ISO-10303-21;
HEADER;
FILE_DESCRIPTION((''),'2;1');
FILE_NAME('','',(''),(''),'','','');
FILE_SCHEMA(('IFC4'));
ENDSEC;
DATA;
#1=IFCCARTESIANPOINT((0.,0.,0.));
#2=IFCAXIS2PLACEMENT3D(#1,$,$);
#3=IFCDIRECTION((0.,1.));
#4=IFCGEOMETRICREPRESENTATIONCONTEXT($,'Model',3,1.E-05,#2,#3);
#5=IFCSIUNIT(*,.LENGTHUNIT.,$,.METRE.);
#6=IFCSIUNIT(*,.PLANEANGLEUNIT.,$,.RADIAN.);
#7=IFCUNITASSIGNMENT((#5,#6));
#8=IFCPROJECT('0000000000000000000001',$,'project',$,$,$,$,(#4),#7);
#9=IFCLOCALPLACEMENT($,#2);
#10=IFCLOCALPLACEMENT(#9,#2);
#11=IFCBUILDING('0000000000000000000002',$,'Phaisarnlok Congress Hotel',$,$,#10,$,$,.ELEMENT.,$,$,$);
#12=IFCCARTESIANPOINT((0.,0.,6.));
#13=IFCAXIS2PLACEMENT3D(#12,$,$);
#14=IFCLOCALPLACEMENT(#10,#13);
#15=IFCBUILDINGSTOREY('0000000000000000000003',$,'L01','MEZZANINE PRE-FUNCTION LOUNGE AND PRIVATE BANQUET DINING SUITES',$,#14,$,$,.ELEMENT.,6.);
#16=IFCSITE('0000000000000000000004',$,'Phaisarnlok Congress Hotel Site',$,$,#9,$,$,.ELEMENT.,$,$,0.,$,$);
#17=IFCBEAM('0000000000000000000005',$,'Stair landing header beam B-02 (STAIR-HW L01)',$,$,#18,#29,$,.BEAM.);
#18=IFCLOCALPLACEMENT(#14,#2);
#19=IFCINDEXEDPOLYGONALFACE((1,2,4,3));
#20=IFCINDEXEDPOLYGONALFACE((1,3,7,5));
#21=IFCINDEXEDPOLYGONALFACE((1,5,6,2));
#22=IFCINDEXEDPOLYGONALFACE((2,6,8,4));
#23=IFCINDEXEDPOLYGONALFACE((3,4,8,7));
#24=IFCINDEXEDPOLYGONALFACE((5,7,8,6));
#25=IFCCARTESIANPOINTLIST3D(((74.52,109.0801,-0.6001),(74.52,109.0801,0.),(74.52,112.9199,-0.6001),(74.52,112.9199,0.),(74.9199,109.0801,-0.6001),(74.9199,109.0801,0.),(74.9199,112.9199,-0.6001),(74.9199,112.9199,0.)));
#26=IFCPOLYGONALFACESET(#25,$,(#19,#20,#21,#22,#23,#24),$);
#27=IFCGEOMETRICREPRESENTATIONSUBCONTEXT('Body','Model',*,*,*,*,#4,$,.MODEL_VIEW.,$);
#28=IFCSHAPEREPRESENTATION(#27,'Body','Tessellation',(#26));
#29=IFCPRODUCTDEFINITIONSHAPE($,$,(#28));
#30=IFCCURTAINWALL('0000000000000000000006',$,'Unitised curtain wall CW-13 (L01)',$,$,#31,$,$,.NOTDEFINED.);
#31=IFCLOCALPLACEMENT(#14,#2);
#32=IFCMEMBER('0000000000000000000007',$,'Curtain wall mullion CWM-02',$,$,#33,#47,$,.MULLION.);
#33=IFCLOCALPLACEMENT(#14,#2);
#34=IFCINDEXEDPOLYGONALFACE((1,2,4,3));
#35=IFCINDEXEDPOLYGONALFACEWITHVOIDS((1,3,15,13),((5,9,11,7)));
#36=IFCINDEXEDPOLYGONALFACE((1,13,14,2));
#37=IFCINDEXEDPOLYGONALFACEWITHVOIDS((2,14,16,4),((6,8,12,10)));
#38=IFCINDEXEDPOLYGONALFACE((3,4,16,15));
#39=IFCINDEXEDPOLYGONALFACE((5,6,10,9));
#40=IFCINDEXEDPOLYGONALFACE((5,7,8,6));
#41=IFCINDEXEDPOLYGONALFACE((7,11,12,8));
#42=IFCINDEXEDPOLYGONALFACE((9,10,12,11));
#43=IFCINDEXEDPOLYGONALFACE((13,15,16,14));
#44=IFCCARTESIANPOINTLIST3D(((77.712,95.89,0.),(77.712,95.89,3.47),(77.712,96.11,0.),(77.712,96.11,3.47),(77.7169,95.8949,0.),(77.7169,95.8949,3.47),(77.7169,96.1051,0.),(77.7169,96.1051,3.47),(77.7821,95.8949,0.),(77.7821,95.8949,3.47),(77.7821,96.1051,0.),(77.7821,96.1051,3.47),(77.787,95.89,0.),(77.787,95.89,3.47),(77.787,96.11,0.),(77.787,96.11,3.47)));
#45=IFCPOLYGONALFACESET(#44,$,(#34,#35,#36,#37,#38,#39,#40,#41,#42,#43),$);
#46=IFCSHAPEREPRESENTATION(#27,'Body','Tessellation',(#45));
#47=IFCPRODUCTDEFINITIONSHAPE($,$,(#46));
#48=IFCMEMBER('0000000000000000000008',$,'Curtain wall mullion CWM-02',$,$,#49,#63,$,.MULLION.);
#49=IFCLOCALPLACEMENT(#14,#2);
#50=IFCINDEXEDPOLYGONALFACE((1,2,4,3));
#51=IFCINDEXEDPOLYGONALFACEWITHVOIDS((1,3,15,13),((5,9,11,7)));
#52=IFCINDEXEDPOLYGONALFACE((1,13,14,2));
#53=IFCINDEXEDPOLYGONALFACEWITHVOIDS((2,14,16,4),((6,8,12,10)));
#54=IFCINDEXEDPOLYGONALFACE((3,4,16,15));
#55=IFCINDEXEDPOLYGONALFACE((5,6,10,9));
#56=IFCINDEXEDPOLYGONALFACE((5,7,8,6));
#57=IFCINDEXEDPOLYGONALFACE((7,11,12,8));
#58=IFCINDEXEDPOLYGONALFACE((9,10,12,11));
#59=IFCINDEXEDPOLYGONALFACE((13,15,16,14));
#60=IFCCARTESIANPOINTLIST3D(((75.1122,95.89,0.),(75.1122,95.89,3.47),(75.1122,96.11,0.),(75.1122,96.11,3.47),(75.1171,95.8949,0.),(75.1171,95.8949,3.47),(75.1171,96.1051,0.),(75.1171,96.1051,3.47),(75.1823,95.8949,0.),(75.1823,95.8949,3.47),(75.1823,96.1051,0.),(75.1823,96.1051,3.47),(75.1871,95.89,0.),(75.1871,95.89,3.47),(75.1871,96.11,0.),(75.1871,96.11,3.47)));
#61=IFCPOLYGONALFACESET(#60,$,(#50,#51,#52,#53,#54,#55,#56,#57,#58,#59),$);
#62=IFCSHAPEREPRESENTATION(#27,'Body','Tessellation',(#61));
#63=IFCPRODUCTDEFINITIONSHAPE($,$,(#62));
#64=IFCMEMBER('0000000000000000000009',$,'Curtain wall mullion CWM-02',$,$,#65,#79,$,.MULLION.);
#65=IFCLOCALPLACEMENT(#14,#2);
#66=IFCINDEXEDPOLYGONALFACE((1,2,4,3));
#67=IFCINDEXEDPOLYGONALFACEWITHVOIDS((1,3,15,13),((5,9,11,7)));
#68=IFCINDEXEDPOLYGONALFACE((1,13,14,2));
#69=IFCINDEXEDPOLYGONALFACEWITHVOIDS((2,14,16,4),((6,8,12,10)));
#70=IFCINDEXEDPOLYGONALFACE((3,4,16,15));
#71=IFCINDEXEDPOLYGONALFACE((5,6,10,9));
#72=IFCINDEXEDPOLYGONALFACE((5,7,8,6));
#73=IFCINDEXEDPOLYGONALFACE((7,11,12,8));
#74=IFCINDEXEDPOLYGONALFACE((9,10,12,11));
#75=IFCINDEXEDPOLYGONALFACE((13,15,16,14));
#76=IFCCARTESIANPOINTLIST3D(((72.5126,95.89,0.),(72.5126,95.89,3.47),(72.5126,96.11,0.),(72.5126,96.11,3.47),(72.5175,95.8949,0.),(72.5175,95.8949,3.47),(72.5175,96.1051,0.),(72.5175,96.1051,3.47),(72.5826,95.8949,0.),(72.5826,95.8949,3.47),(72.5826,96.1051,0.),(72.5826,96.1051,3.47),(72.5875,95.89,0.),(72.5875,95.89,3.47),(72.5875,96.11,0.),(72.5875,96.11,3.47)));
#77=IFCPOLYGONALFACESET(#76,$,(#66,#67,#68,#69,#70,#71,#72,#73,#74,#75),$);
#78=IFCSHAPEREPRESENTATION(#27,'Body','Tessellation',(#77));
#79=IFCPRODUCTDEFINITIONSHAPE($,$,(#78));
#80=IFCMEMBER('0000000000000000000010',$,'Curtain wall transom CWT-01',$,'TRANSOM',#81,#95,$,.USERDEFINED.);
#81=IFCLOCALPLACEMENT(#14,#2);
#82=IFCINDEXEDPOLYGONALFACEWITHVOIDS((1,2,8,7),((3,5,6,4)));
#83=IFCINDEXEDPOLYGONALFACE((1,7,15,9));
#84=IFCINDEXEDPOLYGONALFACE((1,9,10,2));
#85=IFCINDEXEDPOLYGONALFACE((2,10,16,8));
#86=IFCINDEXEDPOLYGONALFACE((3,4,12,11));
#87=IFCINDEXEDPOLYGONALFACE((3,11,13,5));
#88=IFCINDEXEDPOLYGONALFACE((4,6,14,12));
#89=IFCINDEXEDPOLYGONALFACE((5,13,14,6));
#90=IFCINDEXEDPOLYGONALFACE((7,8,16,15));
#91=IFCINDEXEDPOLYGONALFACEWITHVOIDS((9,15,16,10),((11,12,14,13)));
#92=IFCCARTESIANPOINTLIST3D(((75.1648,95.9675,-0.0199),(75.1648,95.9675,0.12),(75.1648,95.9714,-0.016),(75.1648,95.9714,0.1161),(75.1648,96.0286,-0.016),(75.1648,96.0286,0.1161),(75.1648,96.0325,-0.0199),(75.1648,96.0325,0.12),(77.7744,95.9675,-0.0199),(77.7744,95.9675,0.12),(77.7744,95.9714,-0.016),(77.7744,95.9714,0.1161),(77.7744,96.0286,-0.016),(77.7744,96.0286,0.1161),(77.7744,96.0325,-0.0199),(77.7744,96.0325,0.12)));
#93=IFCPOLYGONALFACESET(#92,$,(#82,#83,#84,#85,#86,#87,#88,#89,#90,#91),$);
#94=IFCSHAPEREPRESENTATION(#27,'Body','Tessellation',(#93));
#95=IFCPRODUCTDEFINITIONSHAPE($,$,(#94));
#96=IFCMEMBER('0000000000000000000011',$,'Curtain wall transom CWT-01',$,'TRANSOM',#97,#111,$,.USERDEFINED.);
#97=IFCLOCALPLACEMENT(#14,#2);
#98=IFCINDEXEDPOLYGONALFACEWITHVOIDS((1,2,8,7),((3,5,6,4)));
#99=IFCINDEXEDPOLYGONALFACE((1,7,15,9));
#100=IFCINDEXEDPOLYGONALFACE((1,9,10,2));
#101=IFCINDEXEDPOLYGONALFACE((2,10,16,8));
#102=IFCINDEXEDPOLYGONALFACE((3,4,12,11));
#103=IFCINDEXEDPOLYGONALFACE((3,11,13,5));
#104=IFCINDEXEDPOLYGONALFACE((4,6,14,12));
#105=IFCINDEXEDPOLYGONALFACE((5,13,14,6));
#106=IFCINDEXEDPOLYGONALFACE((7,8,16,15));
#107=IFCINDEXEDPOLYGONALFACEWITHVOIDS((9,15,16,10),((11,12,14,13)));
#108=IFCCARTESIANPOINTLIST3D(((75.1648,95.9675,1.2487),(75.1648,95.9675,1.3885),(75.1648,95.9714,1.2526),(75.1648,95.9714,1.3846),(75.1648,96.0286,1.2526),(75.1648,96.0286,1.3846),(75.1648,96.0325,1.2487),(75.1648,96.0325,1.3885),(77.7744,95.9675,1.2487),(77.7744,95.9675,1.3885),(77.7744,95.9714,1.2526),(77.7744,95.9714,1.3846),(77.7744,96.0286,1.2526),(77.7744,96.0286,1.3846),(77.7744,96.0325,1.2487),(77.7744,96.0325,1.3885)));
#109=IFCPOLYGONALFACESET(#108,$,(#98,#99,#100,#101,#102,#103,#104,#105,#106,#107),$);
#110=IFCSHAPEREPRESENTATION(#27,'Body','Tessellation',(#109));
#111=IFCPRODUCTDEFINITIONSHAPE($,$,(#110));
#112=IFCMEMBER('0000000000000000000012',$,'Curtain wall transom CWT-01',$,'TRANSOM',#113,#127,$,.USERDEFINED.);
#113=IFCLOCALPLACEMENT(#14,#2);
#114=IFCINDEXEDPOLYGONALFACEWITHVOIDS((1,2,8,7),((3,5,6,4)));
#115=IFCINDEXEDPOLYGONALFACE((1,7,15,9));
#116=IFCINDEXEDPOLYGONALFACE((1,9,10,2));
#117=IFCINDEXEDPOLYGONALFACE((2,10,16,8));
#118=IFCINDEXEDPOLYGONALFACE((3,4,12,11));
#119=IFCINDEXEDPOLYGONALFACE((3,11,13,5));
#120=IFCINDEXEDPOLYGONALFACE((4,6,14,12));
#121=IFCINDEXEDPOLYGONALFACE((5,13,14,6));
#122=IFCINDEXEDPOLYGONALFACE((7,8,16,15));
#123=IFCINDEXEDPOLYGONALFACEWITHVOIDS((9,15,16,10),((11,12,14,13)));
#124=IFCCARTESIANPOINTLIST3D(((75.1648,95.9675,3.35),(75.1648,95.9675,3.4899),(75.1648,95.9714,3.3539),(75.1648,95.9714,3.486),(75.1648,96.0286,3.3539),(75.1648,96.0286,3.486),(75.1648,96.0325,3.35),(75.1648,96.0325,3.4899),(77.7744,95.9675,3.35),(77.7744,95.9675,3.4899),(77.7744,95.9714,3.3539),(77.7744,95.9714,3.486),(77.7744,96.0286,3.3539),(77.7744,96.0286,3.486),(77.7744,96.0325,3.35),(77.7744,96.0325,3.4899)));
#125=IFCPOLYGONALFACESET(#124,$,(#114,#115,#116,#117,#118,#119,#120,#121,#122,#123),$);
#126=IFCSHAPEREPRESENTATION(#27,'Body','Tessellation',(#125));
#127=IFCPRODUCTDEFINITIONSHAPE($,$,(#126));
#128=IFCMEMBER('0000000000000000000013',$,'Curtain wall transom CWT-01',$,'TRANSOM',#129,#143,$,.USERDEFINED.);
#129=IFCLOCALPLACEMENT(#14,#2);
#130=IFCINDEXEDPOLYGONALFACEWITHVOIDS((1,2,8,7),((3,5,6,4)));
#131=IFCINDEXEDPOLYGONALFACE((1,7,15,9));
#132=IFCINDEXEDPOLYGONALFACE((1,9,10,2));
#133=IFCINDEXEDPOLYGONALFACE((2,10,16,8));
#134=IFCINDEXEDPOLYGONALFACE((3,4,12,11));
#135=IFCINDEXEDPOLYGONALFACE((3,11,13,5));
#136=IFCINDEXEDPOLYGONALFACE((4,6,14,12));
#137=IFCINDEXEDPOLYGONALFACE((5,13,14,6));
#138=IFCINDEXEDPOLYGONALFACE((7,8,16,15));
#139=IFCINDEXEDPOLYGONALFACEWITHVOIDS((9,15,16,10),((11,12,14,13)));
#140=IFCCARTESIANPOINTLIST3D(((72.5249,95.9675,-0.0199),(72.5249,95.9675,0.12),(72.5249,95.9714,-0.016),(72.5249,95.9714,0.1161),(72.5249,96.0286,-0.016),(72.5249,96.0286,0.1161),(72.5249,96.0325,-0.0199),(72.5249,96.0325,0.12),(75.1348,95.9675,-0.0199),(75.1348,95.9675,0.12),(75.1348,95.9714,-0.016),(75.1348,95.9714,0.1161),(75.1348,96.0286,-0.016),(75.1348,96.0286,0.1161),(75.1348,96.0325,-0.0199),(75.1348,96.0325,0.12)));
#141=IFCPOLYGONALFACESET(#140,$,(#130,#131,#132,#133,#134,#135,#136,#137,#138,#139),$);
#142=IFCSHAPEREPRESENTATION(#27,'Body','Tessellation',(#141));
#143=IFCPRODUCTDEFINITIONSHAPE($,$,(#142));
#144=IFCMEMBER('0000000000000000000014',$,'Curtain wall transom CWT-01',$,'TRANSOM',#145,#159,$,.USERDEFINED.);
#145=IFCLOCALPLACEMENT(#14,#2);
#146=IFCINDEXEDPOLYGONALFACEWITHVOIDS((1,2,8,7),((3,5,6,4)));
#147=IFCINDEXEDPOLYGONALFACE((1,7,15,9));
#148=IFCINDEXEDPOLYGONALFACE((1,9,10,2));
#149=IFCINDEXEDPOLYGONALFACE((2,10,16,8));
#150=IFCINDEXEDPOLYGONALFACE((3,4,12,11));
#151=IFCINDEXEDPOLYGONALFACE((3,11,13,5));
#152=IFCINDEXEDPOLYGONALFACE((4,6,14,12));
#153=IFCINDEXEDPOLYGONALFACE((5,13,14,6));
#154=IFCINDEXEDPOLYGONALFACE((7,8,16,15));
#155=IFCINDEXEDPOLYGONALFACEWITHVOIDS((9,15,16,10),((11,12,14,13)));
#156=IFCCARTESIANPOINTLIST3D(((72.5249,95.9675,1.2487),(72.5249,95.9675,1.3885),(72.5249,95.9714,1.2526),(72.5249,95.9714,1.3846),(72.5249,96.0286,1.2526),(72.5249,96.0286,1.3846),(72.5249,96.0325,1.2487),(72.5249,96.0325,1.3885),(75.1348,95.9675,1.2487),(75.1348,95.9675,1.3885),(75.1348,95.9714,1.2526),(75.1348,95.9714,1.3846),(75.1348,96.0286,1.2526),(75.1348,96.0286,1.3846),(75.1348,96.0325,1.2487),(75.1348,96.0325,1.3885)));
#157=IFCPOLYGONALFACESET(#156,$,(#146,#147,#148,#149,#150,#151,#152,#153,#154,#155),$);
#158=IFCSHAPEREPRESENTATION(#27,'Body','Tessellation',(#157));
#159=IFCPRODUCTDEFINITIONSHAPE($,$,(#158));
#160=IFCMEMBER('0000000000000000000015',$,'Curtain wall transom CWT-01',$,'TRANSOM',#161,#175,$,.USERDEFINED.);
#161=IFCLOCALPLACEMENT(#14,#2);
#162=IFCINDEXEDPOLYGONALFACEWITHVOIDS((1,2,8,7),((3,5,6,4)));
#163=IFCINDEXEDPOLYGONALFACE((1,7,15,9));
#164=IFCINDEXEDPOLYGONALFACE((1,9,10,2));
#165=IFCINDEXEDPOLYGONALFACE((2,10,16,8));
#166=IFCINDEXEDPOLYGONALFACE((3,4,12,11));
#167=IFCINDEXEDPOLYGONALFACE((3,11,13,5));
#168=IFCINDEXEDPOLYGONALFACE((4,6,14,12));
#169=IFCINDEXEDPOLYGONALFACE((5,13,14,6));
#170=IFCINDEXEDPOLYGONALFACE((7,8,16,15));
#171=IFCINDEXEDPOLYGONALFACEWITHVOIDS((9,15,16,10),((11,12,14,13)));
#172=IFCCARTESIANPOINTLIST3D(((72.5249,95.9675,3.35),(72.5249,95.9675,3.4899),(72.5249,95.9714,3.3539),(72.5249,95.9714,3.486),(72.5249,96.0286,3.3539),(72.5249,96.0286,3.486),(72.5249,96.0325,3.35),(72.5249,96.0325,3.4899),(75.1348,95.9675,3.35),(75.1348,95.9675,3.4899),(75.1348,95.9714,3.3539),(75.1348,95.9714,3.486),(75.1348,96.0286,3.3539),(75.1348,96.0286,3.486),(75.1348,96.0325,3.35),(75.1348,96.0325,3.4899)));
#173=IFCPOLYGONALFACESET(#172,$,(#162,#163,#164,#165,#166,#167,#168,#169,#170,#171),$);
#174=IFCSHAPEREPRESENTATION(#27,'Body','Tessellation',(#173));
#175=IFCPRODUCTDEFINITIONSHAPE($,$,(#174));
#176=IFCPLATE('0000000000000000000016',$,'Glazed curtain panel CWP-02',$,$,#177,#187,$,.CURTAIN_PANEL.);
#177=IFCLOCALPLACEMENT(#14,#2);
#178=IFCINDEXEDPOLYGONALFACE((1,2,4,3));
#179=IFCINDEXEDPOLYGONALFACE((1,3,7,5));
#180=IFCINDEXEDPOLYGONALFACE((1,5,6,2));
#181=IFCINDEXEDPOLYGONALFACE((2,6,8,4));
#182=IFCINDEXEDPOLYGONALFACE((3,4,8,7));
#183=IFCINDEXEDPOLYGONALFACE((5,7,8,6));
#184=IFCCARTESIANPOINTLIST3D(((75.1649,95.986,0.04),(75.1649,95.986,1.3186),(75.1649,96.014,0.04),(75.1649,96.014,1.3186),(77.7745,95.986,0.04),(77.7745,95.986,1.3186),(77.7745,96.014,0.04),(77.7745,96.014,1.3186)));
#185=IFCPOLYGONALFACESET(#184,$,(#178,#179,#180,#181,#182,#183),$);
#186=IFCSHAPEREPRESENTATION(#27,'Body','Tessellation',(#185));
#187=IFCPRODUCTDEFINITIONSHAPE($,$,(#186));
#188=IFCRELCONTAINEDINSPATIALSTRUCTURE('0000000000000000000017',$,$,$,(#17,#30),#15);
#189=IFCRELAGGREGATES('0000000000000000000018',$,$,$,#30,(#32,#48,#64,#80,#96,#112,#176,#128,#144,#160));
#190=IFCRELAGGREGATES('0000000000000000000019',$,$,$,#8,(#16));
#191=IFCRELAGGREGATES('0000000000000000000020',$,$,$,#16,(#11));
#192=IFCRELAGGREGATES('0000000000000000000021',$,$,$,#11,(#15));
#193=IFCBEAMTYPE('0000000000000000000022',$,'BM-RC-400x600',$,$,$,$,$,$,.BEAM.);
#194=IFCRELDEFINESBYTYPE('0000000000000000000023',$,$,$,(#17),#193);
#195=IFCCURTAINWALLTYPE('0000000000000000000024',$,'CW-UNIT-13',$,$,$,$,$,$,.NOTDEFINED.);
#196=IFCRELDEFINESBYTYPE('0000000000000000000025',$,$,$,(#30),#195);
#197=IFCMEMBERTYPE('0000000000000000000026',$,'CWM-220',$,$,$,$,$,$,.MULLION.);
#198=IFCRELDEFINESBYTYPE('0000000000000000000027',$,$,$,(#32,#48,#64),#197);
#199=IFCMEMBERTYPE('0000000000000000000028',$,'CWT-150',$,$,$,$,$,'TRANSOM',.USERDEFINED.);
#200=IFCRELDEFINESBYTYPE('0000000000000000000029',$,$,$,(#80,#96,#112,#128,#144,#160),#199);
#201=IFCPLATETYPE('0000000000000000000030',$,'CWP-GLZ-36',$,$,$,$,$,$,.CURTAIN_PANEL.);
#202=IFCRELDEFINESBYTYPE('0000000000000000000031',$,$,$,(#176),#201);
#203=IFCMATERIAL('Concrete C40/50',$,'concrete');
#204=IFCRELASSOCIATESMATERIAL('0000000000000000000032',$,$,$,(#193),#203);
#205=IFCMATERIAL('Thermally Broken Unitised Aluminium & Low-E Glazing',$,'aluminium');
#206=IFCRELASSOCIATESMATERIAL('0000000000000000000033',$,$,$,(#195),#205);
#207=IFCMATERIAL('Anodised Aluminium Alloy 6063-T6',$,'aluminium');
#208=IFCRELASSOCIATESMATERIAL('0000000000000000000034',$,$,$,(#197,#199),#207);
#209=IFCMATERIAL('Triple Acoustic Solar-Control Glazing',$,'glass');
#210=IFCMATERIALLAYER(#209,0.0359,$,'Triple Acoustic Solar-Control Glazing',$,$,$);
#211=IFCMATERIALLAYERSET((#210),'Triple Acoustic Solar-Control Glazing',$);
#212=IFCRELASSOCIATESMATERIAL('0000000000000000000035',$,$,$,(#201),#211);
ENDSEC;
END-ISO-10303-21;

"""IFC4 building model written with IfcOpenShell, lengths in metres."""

from ifc_helpers import new_model, si_unit, direction, frame, frame_2d, origin, origin_2d, place, context, subcontext, project, spatial, rectangle, hollow_rectangle, extrude, material, layer, layer_set, material_profile, profile_set, type_object, element, aggregate, save


model = new_model("IFC4")

# Units and contexts
model_context = context("Model", 3, precision=1e-05, world=origin(), true_north=direction((0.0, 1.0)))
body_context = subcontext(model_context, "Body", "Model", "MODEL_VIEW")
ifc_project = project(units=[si_unit("LENGTHUNIT", "METRE"), si_unit("PLANEANGLEUNIT", "RADIAN")], contexts=[model_context])

# Site, building, storey
site_placement = place(None, origin())
site = spatial("IfcSite", under=ifc_project, at=site_placement, Name="Phaisarnlok Congress Hotel Site", CompositionType="ELEMENT", RefElevation=0.0)
building_placement = place(site_placement, origin())
building = spatial("IfcBuilding", under=site, at=building_placement, Name="Phaisarnlok Congress Hotel", CompositionType="ELEMENT")
storey_placement = place(building_placement, frame((0.0, 0.0, 6.0)))
storey = spatial("IfcBuildingStorey", under=building, at=storey_placement, Name="L01", Description="MEZZANINE PRE-FUNCTION LOUNGE AND PRIVATE BANQUET DINING SUITES", CompositionType="ELEMENT", Elevation=6.0)

# Beam
ifc_material_1 = material(Name="Concrete C40/50", Category="concrete")
ifc_material_profile_1 = material_profile(ifc_material_1, rectangle(XDim=0.3999, YDim=0.6001, at=origin_2d()), Name="RC 400x600")
ifc_profile_set_1 = profile_set([ifc_material_profile_1], Name="Concrete C40/50")
beam_type = type_object("IfcBeamType", Name="BM-RC-400x600", PredefinedType="BEAM", material=ifc_profile_set_1)
beam_placement = place(storey_placement, frame((74.72, 109.0801, -0.3), z_axis=(0.0, 1.0, 0.0), x_axis=(-1.0, 0.0, 0.0)))
element("IfcBeam", 1, at=beam_placement, inside=storey, type_object=beam_type, Name="Stair landing header beam B-02 (STAIR-HW L01)", PredefinedType="BEAM", context=body_context, shape_type="SweptSolid", body=[
    extrude(rectangle(XDim=0.3999, YDim=0.6001, at=origin_2d()), origin(), (0.0, 0.0, 1.0), 3.8398),
])

# Curtain wall, members, plate
ifc_material_2 = material(Name="Thermally Broken Unitised Aluminium & Low-E Glazing", Category="aluminium")
curtain_wall_type = type_object("IfcCurtainWallType", Name="CW-UNIT-13", PredefinedType="NOTDEFINED", material=ifc_material_2)
curtain_wall_placement = place(storey_placement, origin())
curtain_wall = element("IfcCurtainWall", 2, at=curtain_wall_placement, inside=storey, type_object=curtain_wall_type, Name="Unitised curtain wall CW-13 (L01)", PredefinedType="NOTDEFINED")
ifc_material_3 = material(Name="Anodised Aluminium Alloy 6063-T6", Category="aluminium")
ifc_material_profile_2 = material_profile(ifc_material_3, hollow_rectangle(XDim=0.075, YDim=0.22, WallThickness=0.0049, at=origin_2d()), Name="ALU-M 75x220x5")
ifc_profile_set_2 = profile_set([ifc_material_profile_2], Name="Anodised Aluminium Alloy 6063-T6")
member_type_1 = type_object("IfcMemberType", Name="CWM-220", PredefinedType="MULLION", material=ifc_profile_set_2)
member_1_placement = place(storey_placement, frame((77.7495, 96.0, 0.0), z_axis=(0.0, 0.0, 1.0), x_axis=(-1.0, 0.0, 0.0)))
member_1 = element("IfcMember", 3, at=member_1_placement, type_object=member_type_1, Name="Curtain wall mullion CWM-02", PredefinedType="MULLION", context=body_context, shape_type="SweptSolid", body=[
    extrude(hollow_rectangle(XDim=0.075, YDim=0.22, WallThickness=0.0049, at=origin_2d()), origin(), (0.0, 0.0, 1.0), 3.47),
])
member_2_placement = place(storey_placement, frame((75.1497, 96.0, 0.0), z_axis=(0.0, 0.0, 1.0), x_axis=(-1.0, 0.0, 0.0)))
member_2 = element("IfcMember", 4, at=member_2_placement, type_object=member_type_1, Name="Curtain wall mullion CWM-02", PredefinedType="MULLION", context=body_context, shape_type="SweptSolid", body=[
    extrude(hollow_rectangle(XDim=0.075, YDim=0.22, WallThickness=0.0049, at=origin_2d()), origin(), (0.0, 0.0, 1.0), 3.47),
])
member_3_placement = place(storey_placement, frame((72.55, 96.0, 0.0), z_axis=(0.0, 0.0, 1.0), x_axis=(-1.0, 0.0, 0.0)))
member_3 = element("IfcMember", 5, at=member_3_placement, type_object=member_type_1, Name="Curtain wall mullion CWM-02", PredefinedType="MULLION", context=body_context, shape_type="SweptSolid", body=[
    extrude(hollow_rectangle(XDim=0.075, YDim=0.22, WallThickness=0.0049, at=origin_2d()), origin(), (0.0, 0.0, 1.0), 3.47),
])
ifc_material_profile_3 = material_profile(ifc_material_3, hollow_rectangle(XDim=0.0649, YDim=0.1399, WallThickness=0.0039, at=origin_2d()), Name="ALU-T 65x140x4")
ifc_profile_set_3 = profile_set([ifc_material_profile_3], Name="Anodised Aluminium Alloy 6063-T6")
member_type_2 = type_object("IfcMemberType", Name="CWT-150", ElementType="TRANSOM", PredefinedType="USERDEFINED", material=ifc_profile_set_3)
member_4_placement = place(storey_placement, frame((77.7744, 96.0, 0.05), z_axis=(-1.0, 0.0, 0.0), x_axis=(0.0, -1.0, 0.0)))
member_4 = element("IfcMember", 6, at=member_4_placement, type_object=member_type_2, Name="Curtain wall transom CWT-01", ObjectType="TRANSOM", PredefinedType="USERDEFINED", context=body_context, shape_type="SweptSolid", body=[
    extrude(hollow_rectangle(XDim=0.0649, YDim=0.1399, WallThickness=0.0039, at=origin_2d()), origin(), (0.0, 0.0, 1.0), 2.6096),
])
member_5_placement = place(storey_placement, frame((77.7744, 96.0, 1.3186), z_axis=(-1.0, 0.0, 0.0), x_axis=(0.0, -1.0, 0.0)))
member_5 = element("IfcMember", 7, at=member_5_placement, type_object=member_type_2, Name="Curtain wall transom CWT-01", ObjectType="TRANSOM", PredefinedType="USERDEFINED", context=body_context, shape_type="SweptSolid", body=[
    extrude(hollow_rectangle(XDim=0.0649, YDim=0.1399, WallThickness=0.0039, at=origin_2d()), origin(), (0.0, 0.0, 1.0), 2.6096),
])
member_6_placement = place(storey_placement, frame((77.7744, 96.0, 3.4199), z_axis=(-1.0, 0.0, 0.0), x_axis=(0.0, -1.0, 0.0)))
member_6 = element("IfcMember", 8, at=member_6_placement, type_object=member_type_2, Name="Curtain wall transom CWT-01", ObjectType="TRANSOM", PredefinedType="USERDEFINED", context=body_context, shape_type="SweptSolid", body=[
    extrude(hollow_rectangle(XDim=0.0649, YDim=0.1399, WallThickness=0.0039, at=origin_2d()), origin(), (0.0, 0.0, 1.0), 2.6096),
])
member_7_placement = place(storey_placement, frame((75.1348, 96.0, 0.05), z_axis=(-1.0, 0.0, 0.0), x_axis=(0.0, -1.0, 0.0)))
member_7 = element("IfcMember", 9, at=member_7_placement, type_object=member_type_2, Name="Curtain wall transom CWT-01", ObjectType="TRANSOM", PredefinedType="USERDEFINED", context=body_context, shape_type="SweptSolid", body=[
    extrude(hollow_rectangle(XDim=0.0649, YDim=0.1399, WallThickness=0.0039, at=origin_2d()), origin(), (0.0, 0.0, 1.0), 2.6099),
])
member_8_placement = place(storey_placement, frame((75.1348, 96.0, 1.3186), z_axis=(-1.0, 0.0, 0.0), x_axis=(0.0, -1.0, 0.0)))
member_8 = element("IfcMember", 10, at=member_8_placement, type_object=member_type_2, Name="Curtain wall transom CWT-01", ObjectType="TRANSOM", PredefinedType="USERDEFINED", context=body_context, shape_type="SweptSolid", body=[
    extrude(hollow_rectangle(XDim=0.0649, YDim=0.1399, WallThickness=0.0039, at=origin_2d()), origin(), (0.0, 0.0, 1.0), 2.6099),
])
member_9_placement = place(storey_placement, frame((75.1348, 96.0, 3.4199), z_axis=(-1.0, 0.0, 0.0), x_axis=(0.0, -1.0, 0.0)))
member_9 = element("IfcMember", 11, at=member_9_placement, type_object=member_type_2, Name="Curtain wall transom CWT-01", ObjectType="TRANSOM", PredefinedType="USERDEFINED", context=body_context, shape_type="SweptSolid", body=[
    extrude(hollow_rectangle(XDim=0.0649, YDim=0.1399, WallThickness=0.0039, at=origin_2d()), origin(), (0.0, 0.0, 1.0), 2.6099),
])
ifc_material_4 = material(Name="Triple Acoustic Solar-Control Glazing", Category="glass")
ifc_layer_1 = layer(ifc_material_4, 0.0359, Name="Triple Acoustic Solar-Control Glazing")
ifc_layer_set_1 = layer_set([ifc_layer_1], Name="Triple Acoustic Solar-Control Glazing")
plate_type = type_object("IfcPlateType", Name="CWP-GLZ-36", PredefinedType="CURTAIN_PANEL", material=ifc_layer_set_1)
plate_1_placement = place(storey_placement, frame((77.7744, 96.0, 0.04), z_axis=(0.0, 0.0, 1.0), x_axis=(-1.0, 0.0, 0.0)))
plate_1 = element("IfcPlate", 12, at=plate_1_placement, type_object=plate_type, Name="Glazed curtain panel CWP-02", PredefinedType="CURTAIN_PANEL", context=body_context, shape_type="SweptSolid", body=[
    extrude(rectangle(XDim=2.6096, YDim=0.0281, at=frame_2d((1.3047, 0.0))), origin(), (0.0, 0.0, 1.0), 1.2786),
])
aggregate(curtain_wall, [member_1, member_2, member_3, member_4, member_5, member_6, plate_1, member_7, member_8, member_9])

save(model, "model.ifc")
